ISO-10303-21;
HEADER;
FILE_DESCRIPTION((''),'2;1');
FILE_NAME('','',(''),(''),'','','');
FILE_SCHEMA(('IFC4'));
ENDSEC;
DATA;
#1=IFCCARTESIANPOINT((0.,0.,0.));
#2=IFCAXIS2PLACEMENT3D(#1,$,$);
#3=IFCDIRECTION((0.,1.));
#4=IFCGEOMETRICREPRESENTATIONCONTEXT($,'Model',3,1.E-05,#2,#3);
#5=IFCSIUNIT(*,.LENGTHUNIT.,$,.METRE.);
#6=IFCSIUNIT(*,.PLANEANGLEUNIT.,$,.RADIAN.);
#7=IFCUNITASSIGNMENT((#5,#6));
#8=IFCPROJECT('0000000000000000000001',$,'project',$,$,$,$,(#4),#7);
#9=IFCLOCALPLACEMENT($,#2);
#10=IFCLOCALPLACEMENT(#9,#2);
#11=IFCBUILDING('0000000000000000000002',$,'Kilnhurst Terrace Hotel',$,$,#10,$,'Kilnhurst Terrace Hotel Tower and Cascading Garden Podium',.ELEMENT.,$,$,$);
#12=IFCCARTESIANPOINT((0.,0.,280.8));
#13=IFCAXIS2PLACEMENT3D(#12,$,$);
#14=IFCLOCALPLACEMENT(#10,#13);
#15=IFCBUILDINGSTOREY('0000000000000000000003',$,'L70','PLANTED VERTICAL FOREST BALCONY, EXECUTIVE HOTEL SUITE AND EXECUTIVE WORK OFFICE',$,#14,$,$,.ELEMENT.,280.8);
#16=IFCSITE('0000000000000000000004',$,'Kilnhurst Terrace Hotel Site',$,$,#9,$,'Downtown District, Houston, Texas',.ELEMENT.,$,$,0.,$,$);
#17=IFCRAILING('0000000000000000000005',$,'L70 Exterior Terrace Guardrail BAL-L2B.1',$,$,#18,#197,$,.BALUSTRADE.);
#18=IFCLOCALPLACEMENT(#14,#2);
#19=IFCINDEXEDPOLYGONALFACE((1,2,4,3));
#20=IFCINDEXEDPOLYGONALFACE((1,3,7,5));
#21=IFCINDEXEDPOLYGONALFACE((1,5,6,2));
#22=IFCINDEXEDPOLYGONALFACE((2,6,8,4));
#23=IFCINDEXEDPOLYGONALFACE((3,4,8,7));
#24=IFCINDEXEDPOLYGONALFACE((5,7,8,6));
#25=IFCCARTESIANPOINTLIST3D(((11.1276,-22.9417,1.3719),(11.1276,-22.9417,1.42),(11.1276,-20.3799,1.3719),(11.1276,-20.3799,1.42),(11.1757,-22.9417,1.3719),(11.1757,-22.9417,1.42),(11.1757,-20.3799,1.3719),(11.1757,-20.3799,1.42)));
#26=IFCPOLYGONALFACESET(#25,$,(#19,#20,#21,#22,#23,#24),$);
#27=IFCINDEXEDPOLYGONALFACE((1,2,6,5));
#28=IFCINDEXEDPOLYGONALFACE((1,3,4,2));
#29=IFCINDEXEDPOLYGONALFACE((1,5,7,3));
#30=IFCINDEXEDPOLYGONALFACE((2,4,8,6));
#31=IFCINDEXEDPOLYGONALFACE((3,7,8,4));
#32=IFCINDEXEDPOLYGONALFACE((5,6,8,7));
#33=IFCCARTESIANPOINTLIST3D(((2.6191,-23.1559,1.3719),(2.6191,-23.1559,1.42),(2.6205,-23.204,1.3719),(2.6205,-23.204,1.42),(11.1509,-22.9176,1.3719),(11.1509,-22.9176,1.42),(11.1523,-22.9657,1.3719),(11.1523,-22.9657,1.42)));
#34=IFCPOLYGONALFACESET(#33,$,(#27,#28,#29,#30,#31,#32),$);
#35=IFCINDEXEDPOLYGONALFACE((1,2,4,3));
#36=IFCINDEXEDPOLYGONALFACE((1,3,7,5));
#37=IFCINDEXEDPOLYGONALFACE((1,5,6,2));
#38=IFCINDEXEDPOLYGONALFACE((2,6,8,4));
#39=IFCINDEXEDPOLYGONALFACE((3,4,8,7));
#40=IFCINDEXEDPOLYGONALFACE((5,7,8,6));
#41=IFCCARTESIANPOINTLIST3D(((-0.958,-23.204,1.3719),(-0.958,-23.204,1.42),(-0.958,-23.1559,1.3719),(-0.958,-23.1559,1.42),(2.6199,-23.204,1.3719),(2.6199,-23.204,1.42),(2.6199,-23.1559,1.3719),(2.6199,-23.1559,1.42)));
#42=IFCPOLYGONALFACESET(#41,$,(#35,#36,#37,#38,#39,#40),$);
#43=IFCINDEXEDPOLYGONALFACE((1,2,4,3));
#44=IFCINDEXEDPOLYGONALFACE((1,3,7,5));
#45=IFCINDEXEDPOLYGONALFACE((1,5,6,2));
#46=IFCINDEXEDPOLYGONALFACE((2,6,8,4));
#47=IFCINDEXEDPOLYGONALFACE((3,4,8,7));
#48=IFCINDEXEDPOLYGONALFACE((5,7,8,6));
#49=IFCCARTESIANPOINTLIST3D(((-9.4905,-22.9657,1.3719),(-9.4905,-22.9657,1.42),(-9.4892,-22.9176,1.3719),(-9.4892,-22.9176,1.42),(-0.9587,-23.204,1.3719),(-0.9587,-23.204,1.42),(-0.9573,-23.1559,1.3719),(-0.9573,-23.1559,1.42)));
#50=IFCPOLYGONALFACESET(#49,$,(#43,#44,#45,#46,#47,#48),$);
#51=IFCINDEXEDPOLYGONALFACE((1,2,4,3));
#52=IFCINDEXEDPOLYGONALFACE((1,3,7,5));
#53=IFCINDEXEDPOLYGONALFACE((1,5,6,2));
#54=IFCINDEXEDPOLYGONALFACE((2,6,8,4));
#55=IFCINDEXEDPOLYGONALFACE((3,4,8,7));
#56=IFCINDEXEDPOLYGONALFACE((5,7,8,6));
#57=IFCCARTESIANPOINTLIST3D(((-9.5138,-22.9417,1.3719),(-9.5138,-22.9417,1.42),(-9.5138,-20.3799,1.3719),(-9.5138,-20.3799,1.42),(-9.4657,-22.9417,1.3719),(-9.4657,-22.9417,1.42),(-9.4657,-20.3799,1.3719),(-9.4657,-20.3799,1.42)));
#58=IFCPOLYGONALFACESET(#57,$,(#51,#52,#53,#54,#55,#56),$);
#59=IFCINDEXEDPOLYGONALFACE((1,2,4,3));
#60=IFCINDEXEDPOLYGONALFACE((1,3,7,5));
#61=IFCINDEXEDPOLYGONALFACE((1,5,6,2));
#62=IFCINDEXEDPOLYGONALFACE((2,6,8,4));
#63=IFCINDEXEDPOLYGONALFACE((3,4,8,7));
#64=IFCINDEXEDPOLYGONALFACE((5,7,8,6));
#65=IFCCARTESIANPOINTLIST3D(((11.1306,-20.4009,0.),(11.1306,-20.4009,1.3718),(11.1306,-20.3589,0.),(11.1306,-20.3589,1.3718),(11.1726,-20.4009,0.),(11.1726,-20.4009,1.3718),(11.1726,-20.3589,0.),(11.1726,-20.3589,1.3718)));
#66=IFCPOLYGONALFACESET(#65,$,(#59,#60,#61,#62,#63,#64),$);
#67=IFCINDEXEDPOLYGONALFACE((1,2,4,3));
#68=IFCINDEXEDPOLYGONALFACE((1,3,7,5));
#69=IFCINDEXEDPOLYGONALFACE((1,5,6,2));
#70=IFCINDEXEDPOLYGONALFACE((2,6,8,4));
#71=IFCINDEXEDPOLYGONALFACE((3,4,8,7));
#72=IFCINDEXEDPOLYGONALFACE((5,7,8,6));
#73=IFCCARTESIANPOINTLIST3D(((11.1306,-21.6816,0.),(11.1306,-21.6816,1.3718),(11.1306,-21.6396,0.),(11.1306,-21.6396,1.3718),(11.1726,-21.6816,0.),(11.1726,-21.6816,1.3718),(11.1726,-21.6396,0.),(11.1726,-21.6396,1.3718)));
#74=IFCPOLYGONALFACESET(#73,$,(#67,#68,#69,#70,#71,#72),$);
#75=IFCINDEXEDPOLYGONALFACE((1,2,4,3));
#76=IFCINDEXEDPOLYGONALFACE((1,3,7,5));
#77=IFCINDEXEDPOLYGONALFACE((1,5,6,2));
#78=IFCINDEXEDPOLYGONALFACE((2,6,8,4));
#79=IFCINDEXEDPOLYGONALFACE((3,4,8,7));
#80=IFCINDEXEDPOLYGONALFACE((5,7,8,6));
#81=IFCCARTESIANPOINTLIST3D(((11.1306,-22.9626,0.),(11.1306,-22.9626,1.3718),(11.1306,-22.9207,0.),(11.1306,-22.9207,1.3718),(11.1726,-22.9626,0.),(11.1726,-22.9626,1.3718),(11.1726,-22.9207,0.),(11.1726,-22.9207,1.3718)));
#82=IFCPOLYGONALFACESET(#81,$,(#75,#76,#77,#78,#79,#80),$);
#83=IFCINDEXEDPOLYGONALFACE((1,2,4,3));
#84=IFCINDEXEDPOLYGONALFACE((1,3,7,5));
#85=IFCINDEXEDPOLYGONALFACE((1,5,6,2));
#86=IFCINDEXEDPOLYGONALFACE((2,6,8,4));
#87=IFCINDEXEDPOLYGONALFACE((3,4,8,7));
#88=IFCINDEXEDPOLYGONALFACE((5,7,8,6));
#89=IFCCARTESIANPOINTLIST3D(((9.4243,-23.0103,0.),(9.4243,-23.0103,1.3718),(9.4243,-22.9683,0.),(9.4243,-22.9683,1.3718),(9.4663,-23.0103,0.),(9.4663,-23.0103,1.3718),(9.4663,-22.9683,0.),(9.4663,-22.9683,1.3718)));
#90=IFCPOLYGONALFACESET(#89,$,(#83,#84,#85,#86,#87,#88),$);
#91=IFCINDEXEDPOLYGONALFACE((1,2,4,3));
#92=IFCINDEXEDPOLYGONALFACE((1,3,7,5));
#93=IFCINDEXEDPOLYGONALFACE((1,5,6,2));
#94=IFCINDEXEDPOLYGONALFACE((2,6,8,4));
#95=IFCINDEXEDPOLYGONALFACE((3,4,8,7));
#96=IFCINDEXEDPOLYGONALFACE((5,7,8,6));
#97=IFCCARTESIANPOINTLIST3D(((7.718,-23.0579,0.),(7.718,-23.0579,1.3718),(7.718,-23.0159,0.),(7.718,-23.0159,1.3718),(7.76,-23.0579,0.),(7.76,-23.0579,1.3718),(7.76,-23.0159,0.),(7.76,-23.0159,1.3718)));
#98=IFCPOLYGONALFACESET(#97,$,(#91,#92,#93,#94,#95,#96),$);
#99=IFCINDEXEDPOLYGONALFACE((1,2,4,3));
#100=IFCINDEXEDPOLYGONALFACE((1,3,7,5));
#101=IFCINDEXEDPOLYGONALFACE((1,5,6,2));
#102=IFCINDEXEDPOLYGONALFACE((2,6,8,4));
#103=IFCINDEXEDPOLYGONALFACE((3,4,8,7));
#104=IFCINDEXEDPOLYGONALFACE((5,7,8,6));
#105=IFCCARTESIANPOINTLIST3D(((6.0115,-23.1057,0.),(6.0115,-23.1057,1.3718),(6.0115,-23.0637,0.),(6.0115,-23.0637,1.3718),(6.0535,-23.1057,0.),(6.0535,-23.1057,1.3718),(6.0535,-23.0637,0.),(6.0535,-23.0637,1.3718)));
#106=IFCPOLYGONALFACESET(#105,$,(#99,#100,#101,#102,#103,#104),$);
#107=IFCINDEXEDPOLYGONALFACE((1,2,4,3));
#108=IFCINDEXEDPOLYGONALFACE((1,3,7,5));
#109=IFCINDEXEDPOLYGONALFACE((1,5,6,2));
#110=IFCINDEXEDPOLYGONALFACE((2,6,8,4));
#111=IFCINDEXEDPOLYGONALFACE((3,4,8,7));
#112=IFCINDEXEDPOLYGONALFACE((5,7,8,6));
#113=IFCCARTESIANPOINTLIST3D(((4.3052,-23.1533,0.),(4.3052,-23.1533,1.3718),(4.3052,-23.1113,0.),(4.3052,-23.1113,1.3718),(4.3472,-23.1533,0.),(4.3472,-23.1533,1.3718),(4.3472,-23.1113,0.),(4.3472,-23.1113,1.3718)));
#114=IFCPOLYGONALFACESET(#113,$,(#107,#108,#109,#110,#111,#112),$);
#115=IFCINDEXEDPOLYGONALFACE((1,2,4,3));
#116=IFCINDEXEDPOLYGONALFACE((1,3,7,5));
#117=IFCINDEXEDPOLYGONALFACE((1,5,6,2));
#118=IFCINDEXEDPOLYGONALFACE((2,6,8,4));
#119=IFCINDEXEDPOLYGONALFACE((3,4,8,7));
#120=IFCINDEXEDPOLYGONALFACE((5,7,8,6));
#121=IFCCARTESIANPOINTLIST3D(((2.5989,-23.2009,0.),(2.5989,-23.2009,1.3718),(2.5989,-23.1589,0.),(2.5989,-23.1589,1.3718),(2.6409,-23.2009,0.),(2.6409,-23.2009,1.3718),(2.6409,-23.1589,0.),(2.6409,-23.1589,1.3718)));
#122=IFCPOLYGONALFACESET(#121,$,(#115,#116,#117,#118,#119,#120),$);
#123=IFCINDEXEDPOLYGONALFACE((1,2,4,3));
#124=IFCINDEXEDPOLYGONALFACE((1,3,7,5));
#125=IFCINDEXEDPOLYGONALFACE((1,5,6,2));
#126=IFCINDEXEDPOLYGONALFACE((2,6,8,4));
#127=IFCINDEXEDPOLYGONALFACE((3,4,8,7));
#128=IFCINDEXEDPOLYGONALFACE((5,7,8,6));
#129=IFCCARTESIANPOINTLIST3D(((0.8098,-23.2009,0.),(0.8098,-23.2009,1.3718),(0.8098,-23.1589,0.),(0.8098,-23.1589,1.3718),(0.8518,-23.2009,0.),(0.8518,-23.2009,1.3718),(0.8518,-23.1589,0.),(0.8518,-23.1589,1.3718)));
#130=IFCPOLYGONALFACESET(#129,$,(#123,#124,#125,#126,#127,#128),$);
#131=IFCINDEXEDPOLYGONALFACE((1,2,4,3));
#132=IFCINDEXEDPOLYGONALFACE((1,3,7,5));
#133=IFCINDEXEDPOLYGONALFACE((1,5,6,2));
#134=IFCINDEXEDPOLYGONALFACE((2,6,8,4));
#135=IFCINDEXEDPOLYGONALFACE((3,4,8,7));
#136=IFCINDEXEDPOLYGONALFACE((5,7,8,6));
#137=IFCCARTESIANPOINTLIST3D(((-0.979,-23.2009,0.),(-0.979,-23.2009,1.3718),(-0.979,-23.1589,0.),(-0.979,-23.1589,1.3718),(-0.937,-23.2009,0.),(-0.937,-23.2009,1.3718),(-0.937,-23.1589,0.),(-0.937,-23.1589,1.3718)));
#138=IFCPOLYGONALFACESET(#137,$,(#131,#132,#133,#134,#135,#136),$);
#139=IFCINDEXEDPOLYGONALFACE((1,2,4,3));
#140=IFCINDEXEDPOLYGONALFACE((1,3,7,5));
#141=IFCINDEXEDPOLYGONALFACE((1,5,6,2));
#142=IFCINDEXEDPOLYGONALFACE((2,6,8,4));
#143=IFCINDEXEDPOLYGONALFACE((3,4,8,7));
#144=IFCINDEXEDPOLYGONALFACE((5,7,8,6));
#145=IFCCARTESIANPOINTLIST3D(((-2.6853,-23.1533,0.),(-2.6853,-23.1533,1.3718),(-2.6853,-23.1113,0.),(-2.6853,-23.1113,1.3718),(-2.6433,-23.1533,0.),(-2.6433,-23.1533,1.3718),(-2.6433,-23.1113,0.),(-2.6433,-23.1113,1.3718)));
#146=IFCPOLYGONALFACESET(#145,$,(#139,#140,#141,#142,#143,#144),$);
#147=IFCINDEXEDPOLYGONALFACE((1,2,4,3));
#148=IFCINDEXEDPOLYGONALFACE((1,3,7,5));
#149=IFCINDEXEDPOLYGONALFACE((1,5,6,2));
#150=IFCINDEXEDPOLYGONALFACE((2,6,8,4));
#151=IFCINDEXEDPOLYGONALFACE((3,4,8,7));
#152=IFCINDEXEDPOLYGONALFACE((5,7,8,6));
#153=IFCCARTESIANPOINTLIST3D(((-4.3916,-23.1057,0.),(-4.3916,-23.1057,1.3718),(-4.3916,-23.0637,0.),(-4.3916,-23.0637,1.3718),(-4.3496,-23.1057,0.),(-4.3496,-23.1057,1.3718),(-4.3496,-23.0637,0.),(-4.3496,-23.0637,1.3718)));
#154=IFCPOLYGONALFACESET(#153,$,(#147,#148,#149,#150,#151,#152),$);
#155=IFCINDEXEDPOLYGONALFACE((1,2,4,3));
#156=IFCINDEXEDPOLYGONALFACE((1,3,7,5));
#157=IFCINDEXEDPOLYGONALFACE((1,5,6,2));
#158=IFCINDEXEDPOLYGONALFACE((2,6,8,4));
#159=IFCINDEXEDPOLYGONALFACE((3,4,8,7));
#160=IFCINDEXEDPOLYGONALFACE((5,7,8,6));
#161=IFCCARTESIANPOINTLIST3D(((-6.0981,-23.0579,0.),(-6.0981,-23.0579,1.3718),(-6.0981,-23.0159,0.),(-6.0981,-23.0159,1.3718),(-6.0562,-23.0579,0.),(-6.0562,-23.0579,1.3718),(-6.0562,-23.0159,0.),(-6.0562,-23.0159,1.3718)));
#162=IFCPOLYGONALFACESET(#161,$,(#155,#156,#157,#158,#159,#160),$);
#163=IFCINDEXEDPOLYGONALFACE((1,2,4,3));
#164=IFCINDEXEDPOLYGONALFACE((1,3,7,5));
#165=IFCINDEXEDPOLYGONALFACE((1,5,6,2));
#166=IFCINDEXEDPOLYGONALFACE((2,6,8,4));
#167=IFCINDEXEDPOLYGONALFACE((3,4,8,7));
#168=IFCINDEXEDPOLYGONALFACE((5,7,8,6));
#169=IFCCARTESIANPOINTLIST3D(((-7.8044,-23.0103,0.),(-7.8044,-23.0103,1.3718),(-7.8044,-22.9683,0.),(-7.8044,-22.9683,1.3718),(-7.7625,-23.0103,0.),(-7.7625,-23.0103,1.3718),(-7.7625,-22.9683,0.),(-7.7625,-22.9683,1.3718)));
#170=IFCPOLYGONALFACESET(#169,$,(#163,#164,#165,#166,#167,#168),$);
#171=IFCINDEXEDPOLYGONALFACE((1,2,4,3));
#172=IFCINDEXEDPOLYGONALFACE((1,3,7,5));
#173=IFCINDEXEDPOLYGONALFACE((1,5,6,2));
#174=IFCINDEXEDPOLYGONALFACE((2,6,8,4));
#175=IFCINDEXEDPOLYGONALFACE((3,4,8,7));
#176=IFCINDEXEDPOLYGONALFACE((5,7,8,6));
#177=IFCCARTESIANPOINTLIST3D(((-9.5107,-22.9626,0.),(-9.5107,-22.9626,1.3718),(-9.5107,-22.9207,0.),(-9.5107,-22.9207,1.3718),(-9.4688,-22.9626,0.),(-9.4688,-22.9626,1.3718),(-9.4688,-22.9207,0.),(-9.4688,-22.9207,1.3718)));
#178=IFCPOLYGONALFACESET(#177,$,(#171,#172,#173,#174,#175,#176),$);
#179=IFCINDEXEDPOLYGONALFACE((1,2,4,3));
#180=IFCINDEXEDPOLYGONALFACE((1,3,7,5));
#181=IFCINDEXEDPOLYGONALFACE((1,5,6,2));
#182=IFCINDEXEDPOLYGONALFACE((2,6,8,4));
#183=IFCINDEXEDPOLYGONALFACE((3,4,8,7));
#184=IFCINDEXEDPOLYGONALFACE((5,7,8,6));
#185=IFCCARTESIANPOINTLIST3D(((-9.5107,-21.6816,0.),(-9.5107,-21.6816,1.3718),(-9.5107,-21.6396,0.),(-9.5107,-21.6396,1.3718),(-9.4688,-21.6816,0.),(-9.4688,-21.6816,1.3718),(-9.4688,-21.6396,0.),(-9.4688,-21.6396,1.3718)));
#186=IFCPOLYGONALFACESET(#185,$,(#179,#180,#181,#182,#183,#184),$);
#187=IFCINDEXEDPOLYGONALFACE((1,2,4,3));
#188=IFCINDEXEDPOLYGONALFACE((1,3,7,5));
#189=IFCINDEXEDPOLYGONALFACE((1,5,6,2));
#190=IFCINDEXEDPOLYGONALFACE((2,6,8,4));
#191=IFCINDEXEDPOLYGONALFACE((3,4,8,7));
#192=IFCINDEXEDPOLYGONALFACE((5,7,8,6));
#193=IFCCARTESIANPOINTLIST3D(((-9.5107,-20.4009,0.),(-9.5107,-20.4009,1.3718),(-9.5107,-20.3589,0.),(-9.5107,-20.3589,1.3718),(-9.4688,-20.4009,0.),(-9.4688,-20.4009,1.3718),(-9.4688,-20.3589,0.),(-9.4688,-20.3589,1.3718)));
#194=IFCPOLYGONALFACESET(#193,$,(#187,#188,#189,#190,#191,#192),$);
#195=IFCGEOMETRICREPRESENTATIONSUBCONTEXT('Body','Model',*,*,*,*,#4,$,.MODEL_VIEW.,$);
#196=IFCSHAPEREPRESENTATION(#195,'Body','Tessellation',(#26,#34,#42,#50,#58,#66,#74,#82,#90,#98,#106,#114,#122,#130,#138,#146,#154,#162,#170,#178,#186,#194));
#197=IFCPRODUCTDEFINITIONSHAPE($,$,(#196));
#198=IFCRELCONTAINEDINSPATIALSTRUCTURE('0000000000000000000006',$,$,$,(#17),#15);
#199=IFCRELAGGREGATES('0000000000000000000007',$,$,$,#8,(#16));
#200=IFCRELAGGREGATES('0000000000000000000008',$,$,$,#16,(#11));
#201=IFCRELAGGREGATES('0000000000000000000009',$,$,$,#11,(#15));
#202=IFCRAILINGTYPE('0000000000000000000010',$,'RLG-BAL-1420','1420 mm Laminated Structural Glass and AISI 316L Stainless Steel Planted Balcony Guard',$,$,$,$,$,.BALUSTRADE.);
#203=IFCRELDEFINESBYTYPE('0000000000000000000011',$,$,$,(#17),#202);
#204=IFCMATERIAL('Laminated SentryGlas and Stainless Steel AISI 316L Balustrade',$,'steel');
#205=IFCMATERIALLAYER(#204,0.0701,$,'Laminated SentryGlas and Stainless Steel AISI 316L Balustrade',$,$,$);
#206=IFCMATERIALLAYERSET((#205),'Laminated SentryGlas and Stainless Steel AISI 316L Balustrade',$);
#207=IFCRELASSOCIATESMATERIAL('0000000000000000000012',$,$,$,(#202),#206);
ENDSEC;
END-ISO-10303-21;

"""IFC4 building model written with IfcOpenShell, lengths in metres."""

from ifc_helpers import new_model, si_unit, direction, frame, origin, origin_2d, place, context, subcontext, project, spatial, rectangle, extrude, material, layer, layer_set, type_object, element, save


model = new_model("IFC4")

# Units and contexts
model_context = context("Model", 3, precision=1e-05, world=origin(), true_north=direction((0.0, 1.0)))
body_context = subcontext(model_context, "Body", "Model", "MODEL_VIEW")
ifc_project = project(units=[si_unit("LENGTHUNIT", "METRE"), si_unit("PLANEANGLEUNIT", "RADIAN")], contexts=[model_context])

# Site, building, storey
site_placement = place(None, origin())
site = spatial("IfcSite", under=ifc_project, at=site_placement, Name="Kilnhurst Terrace Hotel Site", LongName="Downtown District, Houston, Texas", CompositionType="ELEMENT", RefElevation=0.0)
building_placement = place(site_placement, origin())
building = spatial("IfcBuilding", under=site, at=building_placement, Name="Kilnhurst Terrace Hotel", LongName="Kilnhurst Terrace Hotel Tower and Cascading Garden Podium", CompositionType="ELEMENT")
storey_placement = place(building_placement, frame((0.0, 0.0, 280.8)))
storey = spatial("IfcBuildingStorey", under=building, at=storey_placement, Name="L70", Description="PLANTED VERTICAL FOREST BALCONY, EXECUTIVE HOTEL SUITE AND EXECUTIVE WORK OFFICE", CompositionType="ELEMENT", Elevation=280.8)

# Railing
ifc_material_1 = material(Name="Laminated SentryGlas and Stainless Steel AISI 316L Balustrade", Category="steel")
ifc_layer_1 = layer(ifc_material_1, 0.0701, Name="Laminated SentryGlas and Stainless Steel AISI 316L Balustrade")
ifc_layer_set_1 = layer_set([ifc_layer_1], Name="Laminated SentryGlas and Stainless Steel AISI 316L Balustrade")
railing_type = type_object("IfcRailingType", Name="RLG-BAL-1420", Description="1420 mm Laminated Structural Glass and AISI 316L Stainless Steel Planted Balcony Guard", PredefinedType="BALUSTRADE", material=ifc_layer_set_1)
railing_placement = place(storey_placement, frame((11.1516, -20.3799, 0.0)))
element("IfcRailing", 1, at=railing_placement, inside=storey, type_object=railing_type, Name="L70 Exterior Terrace Guardrail BAL-L2B.1", PredefinedType="BALUSTRADE", context=body_context, shape_type="SweptSolid", body=[
    extrude(rectangle(XDim=0.0481, YDim=0.0481, at=origin_2d()), frame((0.0, 0.0, 1.396), z_axis=(0.0, -1.0, 0.0), x_axis=(1.0, 0.0, 0.0)), (0.0, 0.0, 1.0), 2.5618),
    extrude(rectangle(XDim=0.0481, YDim=0.0481, at=origin_2d()), frame((0.0, -2.5618, 1.396), z_axis=(-0.99961, -0.027918, 0.0), x_axis=(0.027918, -0.99961, 0.0)), (0.0, 0.0, 1.0), 8.5352),
    extrude(rectangle(XDim=0.0481, YDim=0.0481, at=origin_2d()), frame((-8.5317, -2.8, 1.396), z_axis=(-1.0, 0.0, 0.0), x_axis=(0.0, -1.0, 0.0)), (0.0, 0.0, 1.0), 3.5779),
    extrude(rectangle(XDim=0.0481, YDim=0.0481, at=origin_2d()), frame((-12.1096, -2.8, 1.396), z_axis=(-0.99961, 0.027918, 0.0), x_axis=(-0.027918, -0.99961, 0.0)), (0.0, 0.0, 1.0), 8.5352),
    extrude(rectangle(XDim=0.0481, YDim=0.0481, at=origin_2d()), frame((-20.6414, -2.5618, 1.396), z_axis=(0.0, 1.0, 0.0), x_axis=(-1.0, 0.0, 0.0)), (0.0, 0.0, 1.0), 2.5618),
    extrude(rectangle(XDim=0.042, YDim=0.042, at=origin_2d()), origin(), (0.0, 0.0, 1.0), 1.3718),
    extrude(rectangle(XDim=0.042, YDim=0.042, at=origin_2d()), frame((0.0, -1.2808, 0.0)), (0.0, 0.0, 1.0), 1.3718),
    extrude(rectangle(XDim=0.042, YDim=0.042, at=origin_2d()), frame((0.0, -2.5618, 0.0)), (0.0, 0.0, 1.0), 1.3718),
    extrude(rectangle(XDim=0.042, YDim=0.042, at=origin_2d()), frame((-1.7063, -2.6094, 0.0)), (0.0, 0.0, 1.0), 1.3718),
    extrude(rectangle(XDim=0.042, YDim=0.042, at=origin_2d()), frame((-3.4126, -2.657, 0.0)), (0.0, 0.0, 1.0), 1.3718),
    extrude(rectangle(XDim=0.042, YDim=0.042, at=origin_2d()), frame((-5.1191, -2.7048, 0.0)), (0.0, 0.0, 1.0), 1.3718),
    extrude(rectangle(XDim=0.042, YDim=0.042, at=origin_2d()), frame((-6.8254, -2.7524, 0.0)), (0.0, 0.0, 1.0), 1.3718),
    extrude(rectangle(XDim=0.042, YDim=0.042, at=origin_2d()), frame((-8.5317, -2.8, 0.0)), (0.0, 0.0, 1.0), 1.3718),
    extrude(rectangle(XDim=0.042, YDim=0.042, at=origin_2d()), frame((-10.3208, -2.8, 0.0)), (0.0, 0.0, 1.0), 1.3718),
    extrude(rectangle(XDim=0.042, YDim=0.042, at=origin_2d()), frame((-12.1096, -2.8, 0.0)), (0.0, 0.0, 1.0), 1.3718),
    extrude(rectangle(XDim=0.042, YDim=0.042, at=origin_2d()), frame((-13.8159, -2.7524, 0.0)), (0.0, 0.0, 1.0), 1.3718),
    extrude(rectangle(XDim=0.042, YDim=0.042, at=origin_2d()), frame((-15.5222, -2.7048, 0.0)), (0.0, 0.0, 1.0), 1.3718),
    extrude(rectangle(XDim=0.042, YDim=0.042, at=origin_2d()), frame((-17.2288, -2.657, 0.0)), (0.0, 0.0, 1.0), 1.3718),
    extrude(rectangle(XDim=0.042, YDim=0.042, at=origin_2d()), frame((-18.9351, -2.6094, 0.0)), (0.0, 0.0, 1.0), 1.3718),
    extrude(rectangle(XDim=0.042, YDim=0.042, at=origin_2d()), frame((-20.6414, -2.5618, 0.0)), (0.0, 0.0, 1.0), 1.3718),
    extrude(rectangle(XDim=0.042, YDim=0.042, at=origin_2d()), frame((-20.6414, -1.2808, 0.0)), (0.0, 0.0, 1.0), 1.3718),
    extrude(rectangle(XDim=0.042, YDim=0.042, at=origin_2d()), frame((-20.6414, 0.0, 0.0)), (0.0, 0.0, 1.0), 1.3718),
])

save(model, "model.ifc")
